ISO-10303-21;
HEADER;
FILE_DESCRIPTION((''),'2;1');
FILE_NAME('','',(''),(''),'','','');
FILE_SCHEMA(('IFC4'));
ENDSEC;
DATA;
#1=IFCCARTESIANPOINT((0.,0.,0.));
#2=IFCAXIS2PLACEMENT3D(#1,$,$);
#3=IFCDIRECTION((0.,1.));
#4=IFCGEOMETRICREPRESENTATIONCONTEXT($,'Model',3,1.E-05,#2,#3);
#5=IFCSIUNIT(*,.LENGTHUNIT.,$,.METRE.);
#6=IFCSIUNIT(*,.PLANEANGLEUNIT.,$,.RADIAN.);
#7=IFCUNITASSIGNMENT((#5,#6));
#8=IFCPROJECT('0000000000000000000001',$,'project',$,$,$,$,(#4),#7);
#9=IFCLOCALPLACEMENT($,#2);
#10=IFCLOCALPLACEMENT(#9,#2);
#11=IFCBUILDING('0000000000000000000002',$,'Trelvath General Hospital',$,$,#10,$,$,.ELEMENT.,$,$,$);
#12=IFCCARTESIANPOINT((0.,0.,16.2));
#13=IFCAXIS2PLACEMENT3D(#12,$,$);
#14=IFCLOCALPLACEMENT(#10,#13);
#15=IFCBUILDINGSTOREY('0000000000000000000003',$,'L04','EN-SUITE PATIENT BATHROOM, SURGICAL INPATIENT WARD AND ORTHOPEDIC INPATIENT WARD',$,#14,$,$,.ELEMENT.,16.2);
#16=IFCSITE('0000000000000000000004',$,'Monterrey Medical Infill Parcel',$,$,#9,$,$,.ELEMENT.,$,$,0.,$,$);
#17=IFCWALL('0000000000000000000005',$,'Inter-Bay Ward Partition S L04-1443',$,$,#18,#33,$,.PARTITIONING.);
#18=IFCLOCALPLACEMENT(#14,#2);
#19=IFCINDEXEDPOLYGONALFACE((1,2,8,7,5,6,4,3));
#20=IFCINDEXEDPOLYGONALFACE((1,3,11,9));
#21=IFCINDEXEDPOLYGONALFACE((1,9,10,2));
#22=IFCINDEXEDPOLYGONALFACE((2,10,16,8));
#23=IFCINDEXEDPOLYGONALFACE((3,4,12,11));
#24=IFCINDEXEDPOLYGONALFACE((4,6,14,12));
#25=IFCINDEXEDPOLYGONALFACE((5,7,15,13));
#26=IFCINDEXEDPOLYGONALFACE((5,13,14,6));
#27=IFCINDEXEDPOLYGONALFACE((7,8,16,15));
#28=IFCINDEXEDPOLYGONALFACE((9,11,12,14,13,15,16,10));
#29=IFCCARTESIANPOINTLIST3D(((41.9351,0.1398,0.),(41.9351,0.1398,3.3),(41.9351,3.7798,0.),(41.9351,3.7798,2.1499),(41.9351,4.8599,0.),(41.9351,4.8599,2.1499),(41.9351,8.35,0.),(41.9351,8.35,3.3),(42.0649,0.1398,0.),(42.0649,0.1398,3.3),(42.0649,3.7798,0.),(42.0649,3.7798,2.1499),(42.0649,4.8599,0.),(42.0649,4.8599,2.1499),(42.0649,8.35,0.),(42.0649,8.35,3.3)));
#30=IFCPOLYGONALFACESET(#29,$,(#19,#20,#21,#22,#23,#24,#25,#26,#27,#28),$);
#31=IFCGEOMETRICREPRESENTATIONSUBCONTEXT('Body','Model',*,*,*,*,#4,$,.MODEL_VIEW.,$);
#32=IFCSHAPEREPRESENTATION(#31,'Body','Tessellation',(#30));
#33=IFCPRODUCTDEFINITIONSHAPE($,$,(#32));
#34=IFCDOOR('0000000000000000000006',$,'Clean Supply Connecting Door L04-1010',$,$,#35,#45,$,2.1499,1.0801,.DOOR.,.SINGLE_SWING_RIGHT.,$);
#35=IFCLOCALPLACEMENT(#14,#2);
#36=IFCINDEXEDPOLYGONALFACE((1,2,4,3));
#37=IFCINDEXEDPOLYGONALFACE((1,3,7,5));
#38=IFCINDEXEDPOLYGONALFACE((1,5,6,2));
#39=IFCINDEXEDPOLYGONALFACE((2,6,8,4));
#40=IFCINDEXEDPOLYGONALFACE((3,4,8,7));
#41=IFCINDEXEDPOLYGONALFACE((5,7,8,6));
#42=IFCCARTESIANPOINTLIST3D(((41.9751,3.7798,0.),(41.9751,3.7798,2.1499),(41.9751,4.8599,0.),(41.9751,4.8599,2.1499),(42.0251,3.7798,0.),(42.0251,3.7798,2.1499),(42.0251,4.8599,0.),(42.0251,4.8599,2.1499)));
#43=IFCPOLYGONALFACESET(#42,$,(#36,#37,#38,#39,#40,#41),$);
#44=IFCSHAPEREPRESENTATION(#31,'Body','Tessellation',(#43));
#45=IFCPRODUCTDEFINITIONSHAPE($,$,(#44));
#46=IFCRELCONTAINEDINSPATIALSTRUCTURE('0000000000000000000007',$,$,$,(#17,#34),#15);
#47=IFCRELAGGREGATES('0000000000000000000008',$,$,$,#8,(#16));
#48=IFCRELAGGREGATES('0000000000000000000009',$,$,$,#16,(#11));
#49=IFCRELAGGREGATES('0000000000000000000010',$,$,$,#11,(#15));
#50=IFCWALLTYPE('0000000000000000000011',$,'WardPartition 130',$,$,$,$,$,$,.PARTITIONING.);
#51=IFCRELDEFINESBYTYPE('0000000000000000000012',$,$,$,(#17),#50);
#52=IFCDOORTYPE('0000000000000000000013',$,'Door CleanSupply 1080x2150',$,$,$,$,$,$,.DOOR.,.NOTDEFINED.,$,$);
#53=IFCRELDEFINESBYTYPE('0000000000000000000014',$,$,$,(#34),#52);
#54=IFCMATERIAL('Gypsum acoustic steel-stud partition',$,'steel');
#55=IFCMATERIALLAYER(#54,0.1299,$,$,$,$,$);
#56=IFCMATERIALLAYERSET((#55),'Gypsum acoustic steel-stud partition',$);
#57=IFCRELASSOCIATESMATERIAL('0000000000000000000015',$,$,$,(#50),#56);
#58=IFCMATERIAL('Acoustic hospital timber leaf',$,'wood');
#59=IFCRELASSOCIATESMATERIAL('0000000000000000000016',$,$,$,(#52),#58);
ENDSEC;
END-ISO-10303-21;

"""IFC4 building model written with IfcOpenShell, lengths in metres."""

from ifc_helpers import new_model, si_unit, direction, frame, frame_2d, origin, place, context, subcontext, project, spatial, rectangle, extrude, material, layer, layer_set, type_object, element, fill, save


model = new_model("IFC4")

# Units and contexts
model_context = context("Model", 3, precision=1e-05, world=origin(), true_north=direction((0.0, 1.0)))
body_context = subcontext(model_context, "Body", "Model", "MODEL_VIEW")
ifc_project = project(units=[si_unit("LENGTHUNIT", "METRE"), si_unit("PLANEANGLEUNIT", "RADIAN")], contexts=[model_context])

# Site, building, storey
site_placement = place(None, origin())
site = spatial("IfcSite", under=ifc_project, at=site_placement, Name="Monterrey Medical Infill Parcel", CompositionType="ELEMENT", RefElevation=0.0)
building_placement = place(site_placement, origin())
building = spatial("IfcBuilding", under=site, at=building_placement, Name="Trelvath General Hospital", CompositionType="ELEMENT")
storey_placement = place(building_placement, frame((0.0, 0.0, 16.2)))
storey = spatial("IfcBuildingStorey", under=building, at=storey_placement, Name="L04", Description="EN-SUITE PATIENT BATHROOM, SURGICAL INPATIENT WARD AND ORTHOPEDIC INPATIENT WARD", CompositionType="ELEMENT", Elevation=16.2)

# Shared definitions
ifc_material_1 = material(Name="Gypsum acoustic steel-stud partition", Category="steel")
ifc_layer_1 = layer(ifc_material_1, 0.1299)
ifc_layer_set_1 = layer_set([ifc_layer_1], Name="Gypsum acoustic steel-stud partition")
wall_type_1 = type_object("IfcWallType", Name="WardPartition 130", PredefinedType="PARTITIONING", material=ifc_layer_set_1)

# Wall, opening, door
wall_1_placement = place(storey_placement, frame((42.0, 0.1399, 0.0), z_axis=(0.0, 0.0, 1.0), x_axis=(0.0, 1.0, 0.0)))
wall_1 = element("IfcWall", 1, at=wall_1_placement, inside=storey, type_object=wall_type_1, Name="Inter-Bay Ward Partition S L04-1443", PredefinedType="PARTITIONING", context=body_context, shape_type="SweptSolid", body=[
    extrude(rectangle(XDim=8.2102, YDim=0.1299, at=frame_2d((4.105, 0.0))), origin(), (0.0, 0.0, 1.0), 3.3),
])
opening_1_placement = place(wall_1_placement, frame((3.6399, 0.0, 0.0)))
opening_1 = element("IfcOpeningElement", 2, at=opening_1_placement, cuts=wall_1, PredefinedType="OPENING", context=body_context, shape_type="SweptSolid", body=[
    extrude(rectangle(XDim=1.0801, YDim=2.1499, at=frame_2d((0.54, 1.075))), frame((0.0, 0.075, 0.0), z_axis=(0.0, -1.0, 0.0), x_axis=(1.0, 0.0, 0.0)), (0.0, 0.0, 1.0), 0.1499),
])
ifc_material_2 = material(Name="Acoustic hospital timber leaf", Category="wood")
door_type = type_object("IfcDoorType", Name="Door CleanSupply 1080x2150", OperationType="NOTDEFINED", PredefinedType="DOOR", material=ifc_material_2)
door_placement = place(opening_1_placement, origin())
door = element("IfcDoor", 3, at=door_placement, inside=storey, type_object=door_type, Name="Clean Supply Connecting Door L04-1010", OperationType="SINGLE_SWING_RIGHT", OverallHeight=2.1499, OverallWidth=1.0801, PredefinedType="DOOR", context=body_context, shape_type="SweptSolid", body=[
    extrude(rectangle(XDim=1.0801, YDim=2.1499, at=frame_2d((0.54, 1.075))), frame((0.0, 0.0249, 0.0), z_axis=(0.0, -1.0, 0.0), x_axis=(1.0, 0.0, 0.0)), (0.0, 0.0, 1.0), 0.05),
])
fill(opening_1, door)

save(model, "model.ifc")
